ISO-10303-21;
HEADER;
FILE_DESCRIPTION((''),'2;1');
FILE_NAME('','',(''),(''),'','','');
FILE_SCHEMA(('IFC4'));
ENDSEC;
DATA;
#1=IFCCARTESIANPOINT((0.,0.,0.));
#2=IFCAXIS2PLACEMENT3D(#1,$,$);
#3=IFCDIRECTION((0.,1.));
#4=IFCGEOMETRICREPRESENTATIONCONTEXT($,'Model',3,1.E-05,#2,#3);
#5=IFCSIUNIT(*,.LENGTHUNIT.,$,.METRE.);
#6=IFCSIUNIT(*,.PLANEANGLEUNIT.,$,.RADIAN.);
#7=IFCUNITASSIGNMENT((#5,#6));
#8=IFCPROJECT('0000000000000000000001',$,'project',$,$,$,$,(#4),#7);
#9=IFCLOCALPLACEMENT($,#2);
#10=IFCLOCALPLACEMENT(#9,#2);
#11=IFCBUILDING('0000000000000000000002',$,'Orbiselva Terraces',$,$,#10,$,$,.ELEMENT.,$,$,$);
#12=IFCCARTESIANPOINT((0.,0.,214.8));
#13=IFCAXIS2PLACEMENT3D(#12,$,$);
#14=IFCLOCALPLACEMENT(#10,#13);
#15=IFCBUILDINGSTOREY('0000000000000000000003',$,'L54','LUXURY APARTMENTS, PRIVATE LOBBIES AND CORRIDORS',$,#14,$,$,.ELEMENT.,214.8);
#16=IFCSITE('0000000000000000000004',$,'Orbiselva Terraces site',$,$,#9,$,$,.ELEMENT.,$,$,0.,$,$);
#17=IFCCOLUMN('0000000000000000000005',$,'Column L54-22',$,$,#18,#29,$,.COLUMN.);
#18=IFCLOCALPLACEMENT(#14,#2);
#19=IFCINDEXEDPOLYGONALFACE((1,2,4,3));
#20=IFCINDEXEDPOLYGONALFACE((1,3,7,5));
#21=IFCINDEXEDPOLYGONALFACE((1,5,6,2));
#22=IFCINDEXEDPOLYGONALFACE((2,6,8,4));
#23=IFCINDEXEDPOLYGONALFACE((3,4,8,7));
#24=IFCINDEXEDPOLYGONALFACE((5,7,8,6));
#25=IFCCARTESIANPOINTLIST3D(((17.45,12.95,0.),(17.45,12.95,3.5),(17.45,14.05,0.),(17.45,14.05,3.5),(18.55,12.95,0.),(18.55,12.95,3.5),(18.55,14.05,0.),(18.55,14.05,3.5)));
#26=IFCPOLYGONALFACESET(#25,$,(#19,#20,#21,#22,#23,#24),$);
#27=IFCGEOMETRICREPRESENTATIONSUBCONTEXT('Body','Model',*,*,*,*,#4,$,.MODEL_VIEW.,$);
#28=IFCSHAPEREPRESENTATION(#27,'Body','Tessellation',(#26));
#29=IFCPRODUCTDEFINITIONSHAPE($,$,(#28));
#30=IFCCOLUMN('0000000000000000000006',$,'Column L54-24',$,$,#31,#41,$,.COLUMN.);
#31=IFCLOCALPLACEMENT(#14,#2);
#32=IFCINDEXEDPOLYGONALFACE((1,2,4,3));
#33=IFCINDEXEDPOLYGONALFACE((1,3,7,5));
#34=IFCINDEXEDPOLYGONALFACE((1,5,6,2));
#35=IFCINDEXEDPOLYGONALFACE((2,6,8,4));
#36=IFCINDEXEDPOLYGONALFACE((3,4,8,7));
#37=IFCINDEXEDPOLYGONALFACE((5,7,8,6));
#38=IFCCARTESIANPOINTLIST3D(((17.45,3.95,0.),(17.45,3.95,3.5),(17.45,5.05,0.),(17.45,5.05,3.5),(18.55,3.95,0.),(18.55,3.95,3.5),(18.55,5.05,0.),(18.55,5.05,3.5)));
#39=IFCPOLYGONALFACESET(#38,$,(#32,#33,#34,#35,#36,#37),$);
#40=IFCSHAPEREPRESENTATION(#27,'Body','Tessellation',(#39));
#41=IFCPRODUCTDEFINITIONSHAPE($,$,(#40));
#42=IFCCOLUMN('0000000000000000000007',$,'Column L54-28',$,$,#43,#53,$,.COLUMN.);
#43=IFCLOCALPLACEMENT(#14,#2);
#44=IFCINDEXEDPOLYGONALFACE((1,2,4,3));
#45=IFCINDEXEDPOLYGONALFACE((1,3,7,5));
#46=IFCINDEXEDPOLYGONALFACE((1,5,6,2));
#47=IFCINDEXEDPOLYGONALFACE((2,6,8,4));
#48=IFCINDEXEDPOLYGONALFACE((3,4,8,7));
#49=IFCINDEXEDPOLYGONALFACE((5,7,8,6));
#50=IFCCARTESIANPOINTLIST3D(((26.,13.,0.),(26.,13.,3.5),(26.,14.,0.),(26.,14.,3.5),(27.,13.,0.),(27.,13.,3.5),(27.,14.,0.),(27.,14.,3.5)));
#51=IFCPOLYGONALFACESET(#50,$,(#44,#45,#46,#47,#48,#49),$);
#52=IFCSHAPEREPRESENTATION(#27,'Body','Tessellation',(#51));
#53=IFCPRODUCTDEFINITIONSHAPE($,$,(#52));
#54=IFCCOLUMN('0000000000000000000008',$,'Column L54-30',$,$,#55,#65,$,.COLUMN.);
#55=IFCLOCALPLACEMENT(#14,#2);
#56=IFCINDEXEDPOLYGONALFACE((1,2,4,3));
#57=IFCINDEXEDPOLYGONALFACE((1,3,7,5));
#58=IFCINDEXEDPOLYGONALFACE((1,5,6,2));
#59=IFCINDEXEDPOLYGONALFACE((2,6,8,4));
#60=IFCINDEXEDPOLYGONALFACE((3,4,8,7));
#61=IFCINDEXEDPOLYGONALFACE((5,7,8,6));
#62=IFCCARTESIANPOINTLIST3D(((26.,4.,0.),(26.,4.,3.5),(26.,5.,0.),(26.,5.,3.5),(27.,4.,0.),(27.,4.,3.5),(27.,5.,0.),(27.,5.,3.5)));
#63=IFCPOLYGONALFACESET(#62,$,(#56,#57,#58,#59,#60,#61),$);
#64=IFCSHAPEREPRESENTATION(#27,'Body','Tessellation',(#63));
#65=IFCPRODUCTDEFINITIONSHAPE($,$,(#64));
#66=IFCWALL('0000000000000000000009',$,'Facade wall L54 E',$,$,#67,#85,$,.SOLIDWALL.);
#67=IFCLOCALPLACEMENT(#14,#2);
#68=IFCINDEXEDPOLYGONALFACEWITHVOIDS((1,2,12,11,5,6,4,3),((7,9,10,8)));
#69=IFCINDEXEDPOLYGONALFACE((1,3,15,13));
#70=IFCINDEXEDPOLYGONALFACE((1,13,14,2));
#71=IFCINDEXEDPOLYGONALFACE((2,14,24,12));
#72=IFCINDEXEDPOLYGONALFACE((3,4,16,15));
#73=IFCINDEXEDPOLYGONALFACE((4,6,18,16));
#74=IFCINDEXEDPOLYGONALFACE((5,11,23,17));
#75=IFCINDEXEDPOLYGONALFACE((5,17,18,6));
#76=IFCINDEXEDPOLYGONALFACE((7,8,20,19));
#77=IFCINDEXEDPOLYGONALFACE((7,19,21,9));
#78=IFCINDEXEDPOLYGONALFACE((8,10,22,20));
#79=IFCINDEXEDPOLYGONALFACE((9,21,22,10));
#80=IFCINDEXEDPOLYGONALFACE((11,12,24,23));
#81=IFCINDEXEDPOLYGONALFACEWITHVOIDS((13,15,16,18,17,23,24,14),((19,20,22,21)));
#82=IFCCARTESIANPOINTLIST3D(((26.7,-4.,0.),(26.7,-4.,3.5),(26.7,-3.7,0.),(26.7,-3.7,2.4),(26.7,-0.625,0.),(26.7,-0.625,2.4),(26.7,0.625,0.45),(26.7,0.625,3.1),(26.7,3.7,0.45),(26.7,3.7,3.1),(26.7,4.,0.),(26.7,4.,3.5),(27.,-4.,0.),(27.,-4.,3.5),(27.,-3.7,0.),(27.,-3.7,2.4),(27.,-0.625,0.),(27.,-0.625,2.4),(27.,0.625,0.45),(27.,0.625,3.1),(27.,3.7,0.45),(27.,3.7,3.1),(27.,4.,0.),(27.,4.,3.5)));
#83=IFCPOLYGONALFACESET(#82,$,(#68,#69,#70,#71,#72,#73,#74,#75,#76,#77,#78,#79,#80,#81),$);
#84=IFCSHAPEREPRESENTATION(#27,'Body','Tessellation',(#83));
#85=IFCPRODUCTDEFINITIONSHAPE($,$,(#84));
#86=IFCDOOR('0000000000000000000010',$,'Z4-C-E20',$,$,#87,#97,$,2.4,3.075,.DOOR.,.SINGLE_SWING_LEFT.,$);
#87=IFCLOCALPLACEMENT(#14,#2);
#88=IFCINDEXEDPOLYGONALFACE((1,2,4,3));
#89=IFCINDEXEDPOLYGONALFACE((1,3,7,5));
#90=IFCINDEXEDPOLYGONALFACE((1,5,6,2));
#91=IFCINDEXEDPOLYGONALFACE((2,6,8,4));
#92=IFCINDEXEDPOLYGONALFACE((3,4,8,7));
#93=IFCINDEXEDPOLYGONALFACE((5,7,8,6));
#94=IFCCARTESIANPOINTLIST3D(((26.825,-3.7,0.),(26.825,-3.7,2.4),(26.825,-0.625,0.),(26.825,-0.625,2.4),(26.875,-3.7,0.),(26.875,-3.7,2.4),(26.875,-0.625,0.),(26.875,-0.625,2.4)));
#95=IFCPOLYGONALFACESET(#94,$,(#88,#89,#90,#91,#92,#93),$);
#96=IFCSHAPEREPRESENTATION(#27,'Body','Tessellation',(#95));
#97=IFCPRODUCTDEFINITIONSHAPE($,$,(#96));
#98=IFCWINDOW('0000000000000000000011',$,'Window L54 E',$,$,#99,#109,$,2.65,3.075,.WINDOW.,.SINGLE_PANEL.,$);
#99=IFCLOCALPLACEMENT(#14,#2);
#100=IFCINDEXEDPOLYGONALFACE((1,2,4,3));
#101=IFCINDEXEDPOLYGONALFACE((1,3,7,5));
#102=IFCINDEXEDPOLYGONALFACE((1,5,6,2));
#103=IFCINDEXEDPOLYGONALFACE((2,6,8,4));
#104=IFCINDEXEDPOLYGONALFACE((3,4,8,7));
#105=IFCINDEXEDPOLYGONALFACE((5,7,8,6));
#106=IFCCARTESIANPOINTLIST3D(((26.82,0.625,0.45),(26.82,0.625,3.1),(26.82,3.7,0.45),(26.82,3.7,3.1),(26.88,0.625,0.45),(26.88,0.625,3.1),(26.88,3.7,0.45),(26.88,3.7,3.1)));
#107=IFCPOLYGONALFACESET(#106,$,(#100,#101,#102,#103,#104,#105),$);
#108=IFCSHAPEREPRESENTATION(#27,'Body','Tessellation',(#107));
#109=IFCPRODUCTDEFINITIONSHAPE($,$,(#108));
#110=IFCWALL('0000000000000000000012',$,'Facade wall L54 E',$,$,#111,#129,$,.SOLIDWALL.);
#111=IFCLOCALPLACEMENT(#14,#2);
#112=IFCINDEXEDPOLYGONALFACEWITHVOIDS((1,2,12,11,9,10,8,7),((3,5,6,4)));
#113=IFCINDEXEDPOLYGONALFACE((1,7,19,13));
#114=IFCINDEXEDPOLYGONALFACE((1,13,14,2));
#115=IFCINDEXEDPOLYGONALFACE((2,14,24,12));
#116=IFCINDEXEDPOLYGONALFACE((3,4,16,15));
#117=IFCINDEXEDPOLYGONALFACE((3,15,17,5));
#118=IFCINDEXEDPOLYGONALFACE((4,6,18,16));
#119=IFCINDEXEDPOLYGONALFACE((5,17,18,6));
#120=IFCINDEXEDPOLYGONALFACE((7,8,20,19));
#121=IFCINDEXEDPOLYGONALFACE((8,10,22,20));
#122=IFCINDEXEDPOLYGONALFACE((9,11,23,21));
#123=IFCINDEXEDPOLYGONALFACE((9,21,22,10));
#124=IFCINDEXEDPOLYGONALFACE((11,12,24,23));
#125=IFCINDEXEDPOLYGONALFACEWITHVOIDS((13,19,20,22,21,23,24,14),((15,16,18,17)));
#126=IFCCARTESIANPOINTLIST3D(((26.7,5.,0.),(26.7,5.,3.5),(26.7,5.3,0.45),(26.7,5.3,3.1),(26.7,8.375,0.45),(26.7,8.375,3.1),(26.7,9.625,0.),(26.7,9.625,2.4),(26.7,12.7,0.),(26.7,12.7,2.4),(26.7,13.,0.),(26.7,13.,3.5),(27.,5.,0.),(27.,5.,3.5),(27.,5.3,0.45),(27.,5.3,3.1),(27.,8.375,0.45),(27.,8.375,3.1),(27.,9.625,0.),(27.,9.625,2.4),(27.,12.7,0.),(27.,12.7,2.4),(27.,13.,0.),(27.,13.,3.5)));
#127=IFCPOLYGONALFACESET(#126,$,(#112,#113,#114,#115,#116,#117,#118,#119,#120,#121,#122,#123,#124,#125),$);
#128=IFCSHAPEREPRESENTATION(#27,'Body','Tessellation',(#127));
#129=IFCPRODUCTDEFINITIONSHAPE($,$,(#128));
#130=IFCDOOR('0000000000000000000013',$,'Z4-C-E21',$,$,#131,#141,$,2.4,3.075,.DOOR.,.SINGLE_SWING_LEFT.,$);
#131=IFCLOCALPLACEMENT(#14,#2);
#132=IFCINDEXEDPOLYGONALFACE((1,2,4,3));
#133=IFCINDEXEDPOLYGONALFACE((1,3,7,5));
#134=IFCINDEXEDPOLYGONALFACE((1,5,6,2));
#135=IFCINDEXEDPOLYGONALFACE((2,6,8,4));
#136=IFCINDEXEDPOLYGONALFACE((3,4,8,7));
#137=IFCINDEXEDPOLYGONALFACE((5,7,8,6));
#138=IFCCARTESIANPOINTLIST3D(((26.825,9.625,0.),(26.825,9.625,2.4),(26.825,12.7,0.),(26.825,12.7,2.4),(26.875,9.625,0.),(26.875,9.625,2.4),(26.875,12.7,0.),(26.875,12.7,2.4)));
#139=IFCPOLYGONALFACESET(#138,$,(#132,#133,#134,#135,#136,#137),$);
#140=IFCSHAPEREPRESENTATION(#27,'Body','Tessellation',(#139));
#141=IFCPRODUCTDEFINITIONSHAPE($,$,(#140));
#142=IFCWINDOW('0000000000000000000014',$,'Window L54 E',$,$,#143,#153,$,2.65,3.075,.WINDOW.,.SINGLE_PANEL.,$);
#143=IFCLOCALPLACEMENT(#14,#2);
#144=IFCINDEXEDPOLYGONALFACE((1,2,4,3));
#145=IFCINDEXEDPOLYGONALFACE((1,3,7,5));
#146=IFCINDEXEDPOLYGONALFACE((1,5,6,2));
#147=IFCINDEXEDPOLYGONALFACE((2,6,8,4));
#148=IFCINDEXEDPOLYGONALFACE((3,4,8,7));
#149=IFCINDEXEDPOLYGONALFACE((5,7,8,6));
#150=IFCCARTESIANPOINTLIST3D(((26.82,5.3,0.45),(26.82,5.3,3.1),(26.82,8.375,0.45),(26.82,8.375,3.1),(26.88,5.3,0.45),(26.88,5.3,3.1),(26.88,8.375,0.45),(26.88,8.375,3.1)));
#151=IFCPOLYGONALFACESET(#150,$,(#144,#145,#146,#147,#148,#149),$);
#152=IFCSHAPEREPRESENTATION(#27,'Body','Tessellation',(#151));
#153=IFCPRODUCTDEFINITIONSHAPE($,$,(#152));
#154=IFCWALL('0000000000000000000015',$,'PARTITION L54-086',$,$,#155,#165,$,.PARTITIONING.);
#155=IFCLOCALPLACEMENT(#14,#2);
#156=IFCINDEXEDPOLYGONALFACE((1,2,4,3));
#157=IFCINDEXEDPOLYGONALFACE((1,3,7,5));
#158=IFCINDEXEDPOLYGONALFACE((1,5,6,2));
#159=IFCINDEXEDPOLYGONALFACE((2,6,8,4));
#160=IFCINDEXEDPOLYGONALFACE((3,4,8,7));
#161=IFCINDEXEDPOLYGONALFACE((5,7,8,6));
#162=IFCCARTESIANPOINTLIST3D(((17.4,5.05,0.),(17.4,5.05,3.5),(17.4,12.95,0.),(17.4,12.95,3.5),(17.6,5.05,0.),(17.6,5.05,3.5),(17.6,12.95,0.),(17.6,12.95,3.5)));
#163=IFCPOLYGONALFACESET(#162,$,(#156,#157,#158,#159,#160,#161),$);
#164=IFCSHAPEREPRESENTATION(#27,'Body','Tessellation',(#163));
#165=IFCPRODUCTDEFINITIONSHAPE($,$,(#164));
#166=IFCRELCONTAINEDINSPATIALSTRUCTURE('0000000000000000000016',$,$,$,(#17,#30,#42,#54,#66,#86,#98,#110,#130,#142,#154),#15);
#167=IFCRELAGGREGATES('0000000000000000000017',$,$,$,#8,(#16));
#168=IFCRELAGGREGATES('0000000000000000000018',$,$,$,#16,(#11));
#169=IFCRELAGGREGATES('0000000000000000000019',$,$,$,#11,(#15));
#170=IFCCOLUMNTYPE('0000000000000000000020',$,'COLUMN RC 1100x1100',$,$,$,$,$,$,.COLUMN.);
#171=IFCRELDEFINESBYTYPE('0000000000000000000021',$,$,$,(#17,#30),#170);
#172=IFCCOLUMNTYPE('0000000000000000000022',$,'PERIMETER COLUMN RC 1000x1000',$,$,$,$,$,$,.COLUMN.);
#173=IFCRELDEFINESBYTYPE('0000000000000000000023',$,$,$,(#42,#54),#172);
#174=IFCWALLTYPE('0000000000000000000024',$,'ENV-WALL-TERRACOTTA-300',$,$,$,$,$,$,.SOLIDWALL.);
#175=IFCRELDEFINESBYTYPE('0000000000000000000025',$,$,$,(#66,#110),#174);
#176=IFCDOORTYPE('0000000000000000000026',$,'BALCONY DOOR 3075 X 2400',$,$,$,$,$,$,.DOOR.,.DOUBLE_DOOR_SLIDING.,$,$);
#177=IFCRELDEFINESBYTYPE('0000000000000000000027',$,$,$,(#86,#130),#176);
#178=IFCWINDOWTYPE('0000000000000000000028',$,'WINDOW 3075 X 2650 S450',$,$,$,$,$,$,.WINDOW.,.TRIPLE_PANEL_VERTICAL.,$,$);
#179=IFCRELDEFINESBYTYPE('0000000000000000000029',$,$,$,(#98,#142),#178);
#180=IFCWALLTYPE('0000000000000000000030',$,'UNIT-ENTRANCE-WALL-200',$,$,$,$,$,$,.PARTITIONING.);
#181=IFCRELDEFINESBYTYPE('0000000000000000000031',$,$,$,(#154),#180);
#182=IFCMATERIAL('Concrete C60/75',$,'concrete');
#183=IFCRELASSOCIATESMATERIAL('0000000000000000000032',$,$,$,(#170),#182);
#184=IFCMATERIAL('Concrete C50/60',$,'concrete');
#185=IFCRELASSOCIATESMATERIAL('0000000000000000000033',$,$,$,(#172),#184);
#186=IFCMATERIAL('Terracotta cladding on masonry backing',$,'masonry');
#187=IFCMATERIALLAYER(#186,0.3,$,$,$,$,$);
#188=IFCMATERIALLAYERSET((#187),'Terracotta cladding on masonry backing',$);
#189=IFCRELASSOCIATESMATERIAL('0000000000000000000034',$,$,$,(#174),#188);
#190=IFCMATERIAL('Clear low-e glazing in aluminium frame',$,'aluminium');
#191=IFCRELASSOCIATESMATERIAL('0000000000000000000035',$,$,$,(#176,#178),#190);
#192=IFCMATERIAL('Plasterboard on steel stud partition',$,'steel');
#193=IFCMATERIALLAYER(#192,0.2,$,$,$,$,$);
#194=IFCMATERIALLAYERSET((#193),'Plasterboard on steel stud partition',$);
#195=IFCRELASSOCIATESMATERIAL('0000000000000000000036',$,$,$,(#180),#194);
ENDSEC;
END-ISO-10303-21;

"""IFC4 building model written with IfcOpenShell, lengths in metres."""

from ifc_helpers import new_model, si_unit, direction, frame, frame_2d, origin, origin_2d, place, context, subcontext, project, spatial, rectangle, extrude, material, layer, layer_set, material_profile, profile_set, type_object, element, fill, save


model = new_model("IFC4")

# Units and contexts
model_context = context("Model", 3, precision=1e-05, world=origin(), true_north=direction((0.0, 1.0)))
body_context = subcontext(model_context, "Body", "Model", "MODEL_VIEW")
ifc_project = project(units=[si_unit("LENGTHUNIT", "METRE"), si_unit("PLANEANGLEUNIT", "RADIAN")], contexts=[model_context])

# Site, building, storey
site_placement = place(None, origin())
site = spatial("IfcSite", under=ifc_project, at=site_placement, Name="Orbiselva Terraces site", CompositionType="ELEMENT", RefElevation=0.0)
building_placement = place(site_placement, origin())
building = spatial("IfcBuilding", under=site, at=building_placement, Name="Orbiselva Terraces", CompositionType="ELEMENT")
storey_placement = place(building_placement, frame((0.0, 0.0, 214.8)))
storey = spatial("IfcBuildingStorey", under=building, at=storey_placement, Name="L54", Description="LUXURY APARTMENTS, PRIVATE LOBBIES AND CORRIDORS", CompositionType="ELEMENT", Elevation=214.8)

# Columns
ifc_material_1 = material(Name="Concrete C60/75", Category="concrete")
ifc_material_profile_1 = material_profile(ifc_material_1, rectangle(XDim=1.1, YDim=1.1, at=origin_2d()), Name="RC 1100x1100")
ifc_profile_set_1 = profile_set([ifc_material_profile_1], Name="Concrete C60/75")
column_type_1 = type_object("IfcColumnType", Name="COLUMN RC 1100x1100", PredefinedType="COLUMN", material=ifc_profile_set_1)
for number, where, z_axis, x_axis, name in (
    (1, (18.0, 13.5, 0.0), (0.0, 0.0, 1.0), (1.0, 0.0, 0.0), "Column L54-22"),
    (2, (18.0, 4.5, 0.0), (0.0, 0.0, 1.0), (1.0, 0.0, 0.0), "Column L54-24"),
):
    element("IfcColumn", number, at=place(storey_placement, frame(where, z_axis=z_axis, x_axis=x_axis)), inside=storey, type_object=column_type_1, Name=name, PredefinedType="COLUMN", context=body_context, shape_type="SweptSolid", body=[
        extrude(rectangle(XDim=1.1, YDim=1.1, at=origin_2d()), origin(), (0.0, 0.0, 1.0), 3.5),
    ])
ifc_material_2 = material(Name="Concrete C50/60", Category="concrete")
ifc_material_profile_2 = material_profile(ifc_material_2, rectangle(XDim=1.0, YDim=1.0, at=origin_2d()), Name="RC 1000x1000")
ifc_profile_set_2 = profile_set([ifc_material_profile_2], Name="Concrete C50/60")
column_type_2 = type_object("IfcColumnType", Name="PERIMETER COLUMN RC 1000x1000", PredefinedType="COLUMN", material=ifc_profile_set_2)
for number, where, z_axis, x_axis, name in (
    (3, (26.5, 13.5, 0.0), (0.0, 0.0, 1.0), (1.0, 0.0, 0.0), "Column L54-28"),
    (4, (26.5, 4.5, 0.0), (0.0, 0.0, 1.0), (1.0, 0.0, 0.0), "Column L54-30"),
):
    element("IfcColumn", number, at=place(storey_placement, frame(where, z_axis=z_axis, x_axis=x_axis)), inside=storey, type_object=column_type_2, Name=name, PredefinedType="COLUMN", context=body_context, shape_type="SweptSolid", body=[
        extrude(rectangle(XDim=1.0, YDim=1.0, at=origin_2d()), origin(), (0.0, 0.0, 1.0), 3.5),
    ])

# Walls, openings, doors, windows
ifc_material_3 = material(Name="Terracotta cladding on masonry backing", Category="masonry")
ifc_layer_1 = layer(ifc_material_3, 0.3)
ifc_layer_set_1 = layer_set([ifc_layer_1], Name="Terracotta cladding on masonry backing")
wall_type_1 = type_object("IfcWallType", Name="ENV-WALL-TERRACOTTA-300", PredefinedType="SOLIDWALL", material=ifc_layer_set_1)
wall_1_placement = place(storey_placement, frame((26.85, 4.0, 0.0), z_axis=(0.0, 0.0, 1.0), x_axis=(0.0, -1.0, 0.0)))
wall_1 = element("IfcWall", 5, at=wall_1_placement, inside=storey, type_object=wall_type_1, Name="Facade wall L54 E", PredefinedType="SOLIDWALL", context=body_context, shape_type="SweptSolid", body=[
    extrude(rectangle(XDim=8.0, YDim=0.3, at=frame_2d((4.0, 0.0))), origin(), (0.0, 0.0, 1.0), 3.5),
])
opening_1_placement = place(wall_1_placement, frame((4.625, 0.0, 0.0)))
opening_1 = element("IfcOpeningElement", 6, at=opening_1_placement, cuts=wall_1, PredefinedType="OPENING", context=body_context, shape_type="SweptSolid", body=[
    extrude(rectangle(XDim=3.075, YDim=2.4, at=frame_2d((1.5375, 1.2))), frame((0.0, 0.16, 0.0), z_axis=(0.0, -1.0, 0.0), x_axis=(1.0, 0.0, 0.0)), (0.0, 0.0, 1.0), 0.32),
])
opening_2_placement = place(wall_1_placement, frame((0.3, 0.0, 0.45)))
opening_2 = element("IfcOpeningElement", 7, at=opening_2_placement, cuts=wall_1, PredefinedType="OPENING", context=body_context, shape_type="SweptSolid", body=[
    extrude(rectangle(XDim=3.075, YDim=2.65, at=frame_2d((1.5375, 1.325))), frame((0.0, 0.16, 0.0), z_axis=(0.0, -1.0, 0.0), x_axis=(1.0, 0.0, 0.0)), (0.0, 0.0, 1.0), 0.32),
])
ifc_material_4 = material(Name="Clear low-e glazing in aluminium frame", Category="aluminium")
door_type_1 = type_object("IfcDoorType", Name="BALCONY DOOR 3075 X 2400", OperationType="DOUBLE_DOOR_SLIDING", PredefinedType="DOOR", material=ifc_material_4)
door_1_placement = place(opening_1_placement, origin())
door_1 = element("IfcDoor", 8, at=door_1_placement, inside=storey, type_object=door_type_1, Name="Z4-C-E20", OperationType="SINGLE_SWING_LEFT", OverallHeight=2.4, OverallWidth=3.075, PredefinedType="DOOR", context=body_context, shape_type="SweptSolid", body=[
    extrude(rectangle(XDim=3.075, YDim=2.4, at=frame_2d((1.5375, 1.2))), frame((0.0, 0.025, 0.0), z_axis=(0.0, -1.0, 0.0), x_axis=(1.0, 0.0, 0.0)), (0.0, 0.0, 1.0), 0.05),
])
fill(opening_1, door_1)
window_type = type_object("IfcWindowType", Name="WINDOW 3075 X 2650 S450", PartitioningType="TRIPLE_PANEL_VERTICAL", PredefinedType="WINDOW", material=ifc_material_4)
window_1_placement = place(opening_2_placement, origin())
window_1 = element("IfcWindow", 9, at=window_1_placement, inside=storey, type_object=window_type, Name="Window L54 E", OverallHeight=2.65, OverallWidth=3.075, PartitioningType="SINGLE_PANEL", PredefinedType="WINDOW", context=body_context, shape_type="SweptSolid", body=[
    extrude(rectangle(XDim=3.075, YDim=2.65, at=frame_2d((1.5375, 1.325))), frame((0.0, 0.03, 0.0), z_axis=(0.0, -1.0, 0.0), x_axis=(1.0, 0.0, 0.0)), (0.0, 0.0, 1.0), 0.06),
])
fill(opening_2, window_1)
wall_2_placement = place(storey_placement, frame((26.85, 13.0, 0.0), z_axis=(0.0, 0.0, 1.0), x_axis=(0.0, -1.0, 0.0)))
wall_2 = element("IfcWall", 10, at=wall_2_placement, inside=storey, type_object=wall_type_1, Name="Facade wall L54 E", PredefinedType="SOLIDWALL", context=body_context, shape_type="SweptSolid", body=[
    extrude(rectangle(XDim=8.0, YDim=0.3, at=frame_2d((4.0, 0.0))), origin(), (0.0, 0.0, 1.0), 3.5),
])
opening_3_placement = place(wall_2_placement, frame((4.625, 0.0, 0.45)))
opening_3 = element("IfcOpeningElement", 11, at=opening_3_placement, cuts=wall_2, PredefinedType="OPENING", context=body_context, shape_type="SweptSolid", body=[
    extrude(rectangle(XDim=3.075, YDim=2.65, at=frame_2d((1.5375, 1.325))), frame((0.0, 0.16, 0.0), z_axis=(0.0, -1.0, 0.0), x_axis=(1.0, 0.0, 0.0)), (0.0, 0.0, 1.0), 0.32),
])
opening_4_placement = place(wall_2_placement, frame((0.3, 0.0, 0.0)))
opening_4 = element("IfcOpeningElement", 12, at=opening_4_placement, cuts=wall_2, PredefinedType="OPENING", context=body_context, shape_type="SweptSolid", body=[
    extrude(rectangle(XDim=3.075, YDim=2.4, at=frame_2d((1.5375, 1.2))), frame((0.0, 0.16, 0.0), z_axis=(0.0, -1.0, 0.0), x_axis=(1.0, 0.0, 0.0)), (0.0, 0.0, 1.0), 0.32),
])
door_2_placement = place(opening_4_placement, origin())
door_2 = element("IfcDoor", 13, at=door_2_placement, inside=storey, type_object=door_type_1, Name="Z4-C-E21", OperationType="SINGLE_SWING_LEFT", OverallHeight=2.4, OverallWidth=3.075, PredefinedType="DOOR", context=body_context, shape_type="SweptSolid", body=[
    extrude(rectangle(XDim=3.075, YDim=2.4, at=frame_2d((1.5375, 1.2))), frame((0.0, 0.025, 0.0), z_axis=(0.0, -1.0, 0.0), x_axis=(1.0, 0.0, 0.0)), (0.0, 0.0, 1.0), 0.05),
])
fill(opening_4, door_2)
window_2_placement = place(opening_3_placement, origin())
window_2 = element("IfcWindow", 14, at=window_2_placement, inside=storey, type_object=window_type, Name="Window L54 E", OverallHeight=2.65, OverallWidth=3.075, PartitioningType="SINGLE_PANEL", PredefinedType="WINDOW", context=body_context, shape_type="SweptSolid", body=[
    extrude(rectangle(XDim=3.075, YDim=2.65, at=frame_2d((1.5375, 1.325))), frame((0.0, 0.03, 0.0), z_axis=(0.0, -1.0, 0.0), x_axis=(1.0, 0.0, 0.0)), (0.0, 0.0, 1.0), 0.06),
])
fill(opening_3, window_2)

# Wall
ifc_material_5 = material(Name="Plasterboard on steel stud partition", Category="steel")
ifc_layer_2 = layer(ifc_material_5, 0.2)
ifc_layer_set_2 = layer_set([ifc_layer_2], Name="Plasterboard on steel stud partition")
wall_type_2 = type_object("IfcWallType", Name="UNIT-ENTRANCE-WALL-200", PredefinedType="PARTITIONING", material=ifc_layer_set_2)
wall_3_placement = place(storey_placement, frame((17.5, 5.05, 0.0), z_axis=(0.0, 0.0, 1.0), x_axis=(0.0, 1.0, 0.0)))
element("IfcWall", 15, at=wall_3_placement, inside=storey, type_object=wall_type_2, Name="PARTITION L54-086", PredefinedType="PARTITIONING", context=body_context, shape_type="SweptSolid", body=[
    extrude(rectangle(XDim=7.9, YDim=0.2, at=frame_2d((3.95, 0.0))), origin(), (0.0, 0.0, 1.0), 3.5),
])

save(model, "model.ifc")
